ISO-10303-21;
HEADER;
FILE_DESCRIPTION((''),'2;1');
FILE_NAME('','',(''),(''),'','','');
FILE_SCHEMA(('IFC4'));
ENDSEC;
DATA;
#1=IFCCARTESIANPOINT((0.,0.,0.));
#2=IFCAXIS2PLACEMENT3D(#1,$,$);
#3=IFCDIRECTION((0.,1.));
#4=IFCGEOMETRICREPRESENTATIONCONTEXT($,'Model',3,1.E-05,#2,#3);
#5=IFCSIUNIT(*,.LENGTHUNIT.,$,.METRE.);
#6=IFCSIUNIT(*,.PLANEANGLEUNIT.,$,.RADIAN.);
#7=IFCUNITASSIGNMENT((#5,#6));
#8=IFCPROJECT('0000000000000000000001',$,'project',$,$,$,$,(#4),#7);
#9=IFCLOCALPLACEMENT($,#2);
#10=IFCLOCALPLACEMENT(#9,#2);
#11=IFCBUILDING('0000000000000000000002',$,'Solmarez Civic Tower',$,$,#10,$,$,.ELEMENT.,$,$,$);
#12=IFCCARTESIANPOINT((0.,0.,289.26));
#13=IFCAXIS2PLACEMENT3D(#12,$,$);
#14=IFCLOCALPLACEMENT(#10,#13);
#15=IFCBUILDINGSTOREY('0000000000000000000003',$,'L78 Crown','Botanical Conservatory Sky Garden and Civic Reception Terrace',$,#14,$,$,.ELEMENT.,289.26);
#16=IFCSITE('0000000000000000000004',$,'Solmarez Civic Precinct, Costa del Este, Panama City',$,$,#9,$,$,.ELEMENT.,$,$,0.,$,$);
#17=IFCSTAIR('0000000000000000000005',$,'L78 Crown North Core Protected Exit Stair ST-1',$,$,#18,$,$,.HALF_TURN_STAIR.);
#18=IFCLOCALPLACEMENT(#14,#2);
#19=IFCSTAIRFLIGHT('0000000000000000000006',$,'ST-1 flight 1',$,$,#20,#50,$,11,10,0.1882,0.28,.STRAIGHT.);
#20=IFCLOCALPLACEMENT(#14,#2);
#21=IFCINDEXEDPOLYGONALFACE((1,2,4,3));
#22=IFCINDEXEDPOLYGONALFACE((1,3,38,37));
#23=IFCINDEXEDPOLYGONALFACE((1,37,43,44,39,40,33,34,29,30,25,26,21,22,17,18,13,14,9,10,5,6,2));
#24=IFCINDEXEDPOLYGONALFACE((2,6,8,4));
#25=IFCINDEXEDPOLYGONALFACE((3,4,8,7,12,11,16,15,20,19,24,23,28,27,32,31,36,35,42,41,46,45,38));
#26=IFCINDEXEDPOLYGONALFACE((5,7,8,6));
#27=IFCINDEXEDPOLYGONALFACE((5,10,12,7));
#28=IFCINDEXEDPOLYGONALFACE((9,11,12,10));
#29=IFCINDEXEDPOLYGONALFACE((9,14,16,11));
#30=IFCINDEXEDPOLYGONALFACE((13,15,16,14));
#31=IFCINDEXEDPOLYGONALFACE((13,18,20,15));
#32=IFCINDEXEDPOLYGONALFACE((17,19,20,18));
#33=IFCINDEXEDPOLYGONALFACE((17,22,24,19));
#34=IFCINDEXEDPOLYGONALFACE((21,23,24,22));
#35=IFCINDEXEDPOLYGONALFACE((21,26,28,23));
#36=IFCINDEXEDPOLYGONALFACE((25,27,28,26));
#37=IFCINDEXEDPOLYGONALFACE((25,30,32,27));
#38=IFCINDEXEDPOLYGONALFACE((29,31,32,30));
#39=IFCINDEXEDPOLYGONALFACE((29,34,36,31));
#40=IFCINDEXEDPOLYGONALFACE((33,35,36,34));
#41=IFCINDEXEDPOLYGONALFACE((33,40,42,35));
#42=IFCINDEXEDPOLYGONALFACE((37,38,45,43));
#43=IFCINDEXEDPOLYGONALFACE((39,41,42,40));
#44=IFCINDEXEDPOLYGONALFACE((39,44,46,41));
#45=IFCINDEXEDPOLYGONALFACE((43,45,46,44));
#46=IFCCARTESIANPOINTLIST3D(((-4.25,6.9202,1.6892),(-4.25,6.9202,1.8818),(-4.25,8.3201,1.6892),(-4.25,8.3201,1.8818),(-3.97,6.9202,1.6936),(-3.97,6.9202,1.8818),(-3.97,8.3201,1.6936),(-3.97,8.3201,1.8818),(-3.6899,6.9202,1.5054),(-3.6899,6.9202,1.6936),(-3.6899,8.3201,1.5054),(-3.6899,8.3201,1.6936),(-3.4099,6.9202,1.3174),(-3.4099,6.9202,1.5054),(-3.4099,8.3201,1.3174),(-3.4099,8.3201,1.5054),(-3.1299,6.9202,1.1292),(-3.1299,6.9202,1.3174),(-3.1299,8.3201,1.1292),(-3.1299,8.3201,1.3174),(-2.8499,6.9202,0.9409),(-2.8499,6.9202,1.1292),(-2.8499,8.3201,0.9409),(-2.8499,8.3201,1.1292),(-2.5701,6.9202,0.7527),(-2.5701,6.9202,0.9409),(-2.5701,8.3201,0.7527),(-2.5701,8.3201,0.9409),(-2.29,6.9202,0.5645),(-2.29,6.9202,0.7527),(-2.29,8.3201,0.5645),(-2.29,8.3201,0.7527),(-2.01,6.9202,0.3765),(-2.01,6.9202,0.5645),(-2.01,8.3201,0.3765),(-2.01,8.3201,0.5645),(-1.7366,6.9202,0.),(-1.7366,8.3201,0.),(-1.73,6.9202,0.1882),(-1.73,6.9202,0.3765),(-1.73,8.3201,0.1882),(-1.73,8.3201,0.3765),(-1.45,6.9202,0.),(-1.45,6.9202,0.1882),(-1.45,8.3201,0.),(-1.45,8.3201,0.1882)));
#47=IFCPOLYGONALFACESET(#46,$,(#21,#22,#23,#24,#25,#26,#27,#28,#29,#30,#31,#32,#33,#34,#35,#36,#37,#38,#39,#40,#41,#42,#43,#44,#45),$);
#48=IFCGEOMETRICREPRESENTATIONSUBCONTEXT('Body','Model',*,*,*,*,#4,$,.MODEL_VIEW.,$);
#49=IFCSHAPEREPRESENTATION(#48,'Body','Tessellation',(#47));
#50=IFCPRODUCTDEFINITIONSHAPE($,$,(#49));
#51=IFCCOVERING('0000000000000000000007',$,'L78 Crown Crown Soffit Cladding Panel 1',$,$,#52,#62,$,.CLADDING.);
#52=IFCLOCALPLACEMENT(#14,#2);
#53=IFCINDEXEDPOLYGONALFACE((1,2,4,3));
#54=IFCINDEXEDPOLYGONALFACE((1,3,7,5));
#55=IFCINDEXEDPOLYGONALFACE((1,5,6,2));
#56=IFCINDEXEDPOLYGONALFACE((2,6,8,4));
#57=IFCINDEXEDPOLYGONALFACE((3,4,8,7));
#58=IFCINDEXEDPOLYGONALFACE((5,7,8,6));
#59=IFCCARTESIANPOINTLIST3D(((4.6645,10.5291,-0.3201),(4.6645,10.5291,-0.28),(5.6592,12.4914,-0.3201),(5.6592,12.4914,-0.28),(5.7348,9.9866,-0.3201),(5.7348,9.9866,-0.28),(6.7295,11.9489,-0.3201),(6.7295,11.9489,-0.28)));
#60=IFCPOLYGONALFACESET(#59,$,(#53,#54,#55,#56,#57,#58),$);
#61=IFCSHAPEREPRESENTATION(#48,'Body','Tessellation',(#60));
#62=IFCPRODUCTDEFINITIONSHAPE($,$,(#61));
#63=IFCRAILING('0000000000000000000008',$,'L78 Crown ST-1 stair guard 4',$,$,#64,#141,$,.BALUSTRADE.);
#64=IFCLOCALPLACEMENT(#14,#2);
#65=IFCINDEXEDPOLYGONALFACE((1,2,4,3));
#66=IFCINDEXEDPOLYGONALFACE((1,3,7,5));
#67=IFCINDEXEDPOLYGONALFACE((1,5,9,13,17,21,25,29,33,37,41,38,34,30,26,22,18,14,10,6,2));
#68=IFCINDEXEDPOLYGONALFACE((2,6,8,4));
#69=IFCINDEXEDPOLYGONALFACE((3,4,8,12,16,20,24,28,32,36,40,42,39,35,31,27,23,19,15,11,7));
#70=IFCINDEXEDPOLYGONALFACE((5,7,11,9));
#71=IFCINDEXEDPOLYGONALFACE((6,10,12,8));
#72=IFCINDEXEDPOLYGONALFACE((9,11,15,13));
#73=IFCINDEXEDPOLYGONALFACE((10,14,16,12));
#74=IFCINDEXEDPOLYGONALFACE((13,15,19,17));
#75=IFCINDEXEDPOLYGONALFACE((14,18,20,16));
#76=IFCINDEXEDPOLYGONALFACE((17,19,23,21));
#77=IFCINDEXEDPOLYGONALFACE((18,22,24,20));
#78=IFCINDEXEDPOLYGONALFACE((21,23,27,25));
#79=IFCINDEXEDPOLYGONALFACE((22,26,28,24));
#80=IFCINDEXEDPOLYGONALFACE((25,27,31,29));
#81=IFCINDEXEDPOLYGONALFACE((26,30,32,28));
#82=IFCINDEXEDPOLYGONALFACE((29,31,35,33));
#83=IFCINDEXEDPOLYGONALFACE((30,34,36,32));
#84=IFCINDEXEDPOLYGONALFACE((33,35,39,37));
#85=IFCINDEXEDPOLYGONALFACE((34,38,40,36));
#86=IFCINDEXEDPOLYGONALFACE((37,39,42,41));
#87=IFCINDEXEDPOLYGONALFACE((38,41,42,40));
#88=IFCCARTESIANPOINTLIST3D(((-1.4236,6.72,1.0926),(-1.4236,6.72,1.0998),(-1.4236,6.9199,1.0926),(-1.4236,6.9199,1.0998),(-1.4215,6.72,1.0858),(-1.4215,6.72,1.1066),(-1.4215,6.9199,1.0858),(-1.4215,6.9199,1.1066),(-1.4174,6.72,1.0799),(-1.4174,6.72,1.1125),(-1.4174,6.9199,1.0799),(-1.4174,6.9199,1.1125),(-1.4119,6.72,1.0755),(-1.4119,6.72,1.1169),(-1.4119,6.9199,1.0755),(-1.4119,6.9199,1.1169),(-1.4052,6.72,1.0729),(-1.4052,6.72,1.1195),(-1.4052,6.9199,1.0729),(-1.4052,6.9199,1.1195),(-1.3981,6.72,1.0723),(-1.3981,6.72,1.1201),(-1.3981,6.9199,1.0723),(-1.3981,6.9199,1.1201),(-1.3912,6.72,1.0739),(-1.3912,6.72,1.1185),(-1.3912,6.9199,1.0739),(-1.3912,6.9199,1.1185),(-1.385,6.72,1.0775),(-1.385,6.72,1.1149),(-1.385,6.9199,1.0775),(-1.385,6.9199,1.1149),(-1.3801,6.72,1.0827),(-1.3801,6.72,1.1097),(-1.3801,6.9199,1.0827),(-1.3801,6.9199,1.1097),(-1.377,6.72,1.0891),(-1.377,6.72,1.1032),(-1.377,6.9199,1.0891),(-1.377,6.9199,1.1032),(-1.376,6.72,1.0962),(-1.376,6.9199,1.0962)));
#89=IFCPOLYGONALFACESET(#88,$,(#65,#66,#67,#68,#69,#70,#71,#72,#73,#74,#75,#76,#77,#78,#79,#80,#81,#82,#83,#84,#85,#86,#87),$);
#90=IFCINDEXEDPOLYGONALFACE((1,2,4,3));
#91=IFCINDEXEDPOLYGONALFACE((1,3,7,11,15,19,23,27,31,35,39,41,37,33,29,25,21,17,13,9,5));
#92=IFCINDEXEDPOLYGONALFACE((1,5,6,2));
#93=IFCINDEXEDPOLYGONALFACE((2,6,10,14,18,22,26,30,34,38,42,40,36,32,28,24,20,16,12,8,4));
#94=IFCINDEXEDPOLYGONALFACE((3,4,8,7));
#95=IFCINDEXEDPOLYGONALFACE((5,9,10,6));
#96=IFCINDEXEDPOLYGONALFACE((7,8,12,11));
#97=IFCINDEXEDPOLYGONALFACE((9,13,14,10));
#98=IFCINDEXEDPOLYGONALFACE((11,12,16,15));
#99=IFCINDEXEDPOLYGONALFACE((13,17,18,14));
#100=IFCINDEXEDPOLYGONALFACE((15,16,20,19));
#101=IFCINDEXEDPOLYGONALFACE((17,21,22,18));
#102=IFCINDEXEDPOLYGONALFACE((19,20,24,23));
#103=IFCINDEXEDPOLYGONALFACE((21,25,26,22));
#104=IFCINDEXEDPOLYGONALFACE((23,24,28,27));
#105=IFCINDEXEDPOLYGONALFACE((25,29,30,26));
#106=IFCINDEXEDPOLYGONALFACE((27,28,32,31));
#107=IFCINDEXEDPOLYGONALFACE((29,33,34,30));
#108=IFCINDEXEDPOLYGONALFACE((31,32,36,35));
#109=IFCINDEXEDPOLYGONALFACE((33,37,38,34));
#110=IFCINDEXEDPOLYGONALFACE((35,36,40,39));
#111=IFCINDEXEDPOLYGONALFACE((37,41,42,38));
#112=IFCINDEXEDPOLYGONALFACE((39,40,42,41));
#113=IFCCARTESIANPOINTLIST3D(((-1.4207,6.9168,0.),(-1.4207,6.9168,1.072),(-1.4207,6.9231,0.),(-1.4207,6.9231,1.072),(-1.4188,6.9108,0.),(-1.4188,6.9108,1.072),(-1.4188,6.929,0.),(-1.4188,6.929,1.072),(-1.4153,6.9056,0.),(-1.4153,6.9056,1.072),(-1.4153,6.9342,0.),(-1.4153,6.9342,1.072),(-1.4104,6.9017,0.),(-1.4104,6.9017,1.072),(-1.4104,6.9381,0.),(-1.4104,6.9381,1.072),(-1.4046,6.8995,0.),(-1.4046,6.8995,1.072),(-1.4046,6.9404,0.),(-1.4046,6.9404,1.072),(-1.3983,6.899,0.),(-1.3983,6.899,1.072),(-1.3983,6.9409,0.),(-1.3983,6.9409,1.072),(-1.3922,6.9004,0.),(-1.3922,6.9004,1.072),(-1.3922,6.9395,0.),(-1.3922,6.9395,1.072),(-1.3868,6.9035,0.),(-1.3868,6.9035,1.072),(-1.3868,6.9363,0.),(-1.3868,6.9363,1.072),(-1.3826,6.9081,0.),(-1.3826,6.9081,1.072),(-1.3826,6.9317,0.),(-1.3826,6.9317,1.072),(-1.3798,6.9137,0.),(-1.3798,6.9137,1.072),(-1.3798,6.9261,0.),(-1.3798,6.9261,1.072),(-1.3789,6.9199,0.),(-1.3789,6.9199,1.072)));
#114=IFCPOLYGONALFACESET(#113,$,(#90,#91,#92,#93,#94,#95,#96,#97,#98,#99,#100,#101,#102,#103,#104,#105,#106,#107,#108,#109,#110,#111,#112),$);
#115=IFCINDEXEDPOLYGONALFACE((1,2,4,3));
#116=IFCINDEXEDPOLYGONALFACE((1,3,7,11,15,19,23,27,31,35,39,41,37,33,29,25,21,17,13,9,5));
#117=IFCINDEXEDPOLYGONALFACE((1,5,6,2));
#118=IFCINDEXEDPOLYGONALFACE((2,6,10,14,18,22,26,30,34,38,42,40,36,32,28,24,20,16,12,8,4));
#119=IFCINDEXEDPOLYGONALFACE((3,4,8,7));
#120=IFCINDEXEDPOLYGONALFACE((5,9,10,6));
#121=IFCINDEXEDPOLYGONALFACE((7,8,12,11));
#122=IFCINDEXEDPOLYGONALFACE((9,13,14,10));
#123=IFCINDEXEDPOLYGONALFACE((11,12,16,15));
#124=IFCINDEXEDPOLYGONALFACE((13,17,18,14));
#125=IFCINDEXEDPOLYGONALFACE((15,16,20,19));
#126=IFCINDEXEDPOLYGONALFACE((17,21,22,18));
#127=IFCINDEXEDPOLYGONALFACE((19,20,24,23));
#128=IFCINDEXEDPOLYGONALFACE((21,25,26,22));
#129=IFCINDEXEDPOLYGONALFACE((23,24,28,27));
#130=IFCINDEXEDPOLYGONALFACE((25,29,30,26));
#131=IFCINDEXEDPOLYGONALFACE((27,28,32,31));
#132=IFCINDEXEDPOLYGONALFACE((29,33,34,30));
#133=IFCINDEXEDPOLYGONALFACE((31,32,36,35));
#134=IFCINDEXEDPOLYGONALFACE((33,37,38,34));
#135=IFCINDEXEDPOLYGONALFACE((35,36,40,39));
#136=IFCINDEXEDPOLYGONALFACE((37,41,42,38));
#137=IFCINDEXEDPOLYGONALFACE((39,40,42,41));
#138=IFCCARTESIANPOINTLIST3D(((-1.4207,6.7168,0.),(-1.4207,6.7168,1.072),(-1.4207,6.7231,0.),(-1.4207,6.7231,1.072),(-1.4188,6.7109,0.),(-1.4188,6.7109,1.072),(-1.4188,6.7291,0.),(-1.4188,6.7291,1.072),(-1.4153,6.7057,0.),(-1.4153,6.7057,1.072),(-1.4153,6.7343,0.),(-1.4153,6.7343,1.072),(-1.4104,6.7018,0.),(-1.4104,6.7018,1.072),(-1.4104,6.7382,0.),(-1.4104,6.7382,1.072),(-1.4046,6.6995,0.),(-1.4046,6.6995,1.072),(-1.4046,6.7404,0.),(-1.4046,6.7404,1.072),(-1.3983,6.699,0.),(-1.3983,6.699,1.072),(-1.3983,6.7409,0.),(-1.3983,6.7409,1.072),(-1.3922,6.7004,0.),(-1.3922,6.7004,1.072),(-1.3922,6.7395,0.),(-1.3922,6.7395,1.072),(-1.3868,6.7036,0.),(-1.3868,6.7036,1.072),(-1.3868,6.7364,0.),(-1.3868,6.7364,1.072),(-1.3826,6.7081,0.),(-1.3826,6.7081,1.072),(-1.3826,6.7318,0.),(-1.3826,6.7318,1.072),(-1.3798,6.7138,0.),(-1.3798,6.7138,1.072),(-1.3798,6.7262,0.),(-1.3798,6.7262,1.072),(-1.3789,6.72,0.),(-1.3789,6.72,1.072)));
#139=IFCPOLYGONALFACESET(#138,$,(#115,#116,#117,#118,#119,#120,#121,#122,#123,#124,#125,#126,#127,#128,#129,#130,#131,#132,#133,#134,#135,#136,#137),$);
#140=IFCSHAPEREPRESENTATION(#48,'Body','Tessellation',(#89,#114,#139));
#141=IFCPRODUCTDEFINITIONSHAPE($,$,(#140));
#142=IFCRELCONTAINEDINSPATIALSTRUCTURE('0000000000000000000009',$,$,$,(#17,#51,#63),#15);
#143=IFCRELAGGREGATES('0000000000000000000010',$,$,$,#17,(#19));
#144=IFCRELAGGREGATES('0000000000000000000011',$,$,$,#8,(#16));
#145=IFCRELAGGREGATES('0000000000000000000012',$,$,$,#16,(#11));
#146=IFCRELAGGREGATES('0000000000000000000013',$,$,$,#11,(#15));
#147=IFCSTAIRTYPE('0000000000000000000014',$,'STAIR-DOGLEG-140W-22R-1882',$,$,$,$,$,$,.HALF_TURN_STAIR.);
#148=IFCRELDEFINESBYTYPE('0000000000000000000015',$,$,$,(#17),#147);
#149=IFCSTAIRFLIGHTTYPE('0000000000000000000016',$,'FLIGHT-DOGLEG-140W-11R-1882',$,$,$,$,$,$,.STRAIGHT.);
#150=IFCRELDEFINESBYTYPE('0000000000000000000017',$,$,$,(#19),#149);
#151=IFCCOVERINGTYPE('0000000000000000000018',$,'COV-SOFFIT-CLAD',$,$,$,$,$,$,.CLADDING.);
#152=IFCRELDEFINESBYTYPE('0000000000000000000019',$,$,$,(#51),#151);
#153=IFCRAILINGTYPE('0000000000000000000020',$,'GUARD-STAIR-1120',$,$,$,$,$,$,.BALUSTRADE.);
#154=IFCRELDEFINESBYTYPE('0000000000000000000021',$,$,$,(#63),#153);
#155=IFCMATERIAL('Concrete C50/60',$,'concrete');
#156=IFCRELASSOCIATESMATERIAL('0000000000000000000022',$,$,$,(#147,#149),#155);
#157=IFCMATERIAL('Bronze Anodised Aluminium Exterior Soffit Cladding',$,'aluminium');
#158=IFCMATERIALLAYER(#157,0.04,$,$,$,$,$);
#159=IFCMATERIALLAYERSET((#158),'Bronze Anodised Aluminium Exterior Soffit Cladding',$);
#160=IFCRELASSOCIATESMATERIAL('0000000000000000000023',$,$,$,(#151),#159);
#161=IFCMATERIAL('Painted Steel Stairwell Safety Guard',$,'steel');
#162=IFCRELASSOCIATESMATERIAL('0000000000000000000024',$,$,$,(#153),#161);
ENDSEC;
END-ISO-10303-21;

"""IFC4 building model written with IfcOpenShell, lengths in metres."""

from ifc_helpers import new_model, si_unit, direction, frame, origin, origin_2d, place, context, subcontext, project, spatial, polyline, rectangle, circle, outline, extrude, material, layer, layer_set, type_object, element, aggregate, save


model = new_model("IFC4")

# Units and contexts
model_context = context("Model", 3, precision=1e-05, world=origin(), true_north=direction((0.0, 1.0)))
body_context = subcontext(model_context, "Body", "Model", "MODEL_VIEW")
ifc_project = project(units=[si_unit("LENGTHUNIT", "METRE"), si_unit("PLANEANGLEUNIT", "RADIAN")], contexts=[model_context])

# Site, building, storey
site_placement = place(None, origin())
site = spatial("IfcSite", under=ifc_project, at=site_placement, Name="Solmarez Civic Precinct, Costa del Este, Panama City", CompositionType="ELEMENT", RefElevation=0.0)
building_placement = place(site_placement, origin())
building = spatial("IfcBuilding", under=site, at=building_placement, Name="Solmarez Civic Tower", CompositionType="ELEMENT")
storey_placement = place(building_placement, frame((0.0, 0.0, 289.26)))
storey = spatial("IfcBuildingStorey", under=building, at=storey_placement, Name="L78 Crown", Description="Botanical Conservatory Sky Garden and Civic Reception Terrace", CompositionType="ELEMENT", Elevation=289.26)

# Shared definitions
ifc_material_1 = material(Name="Concrete C50/60", Category="concrete")

# Stair, stair flight
stair_type = type_object("IfcStairType", Name="STAIR-DOGLEG-140W-22R-1882", PredefinedType="HALF_TURN_STAIR", material=ifc_material_1)
stair_placement = place(storey_placement, origin())
stair = element("IfcStair", 1, at=stair_placement, inside=storey, type_object=stair_type, Name="L78 Crown North Core Protected Exit Stair ST-1", PredefinedType="HALF_TURN_STAIR")
stair_flight_type = type_object("IfcStairFlightType", Name="FLIGHT-DOGLEG-140W-11R-1882", PredefinedType="STRAIGHT", material=ifc_material_1)
stair_flight_placement = place(storey_placement, frame((-1.45, 7.6201, 0.0), z_axis=(0.0, 0.0, 1.0), x_axis=(-1.0, 0.0, 0.0)))
stair_flight = element("IfcStairFlight", 2, at=stair_flight_placement, type_object=stair_flight_type, Name="ST-1 flight 1", NumberOfRisers=11, NumberOfTreads=10, PredefinedType="STRAIGHT", RiserHeight=0.1882, TreadLength=0.28, context=body_context, shape_type="SweptSolid", body=[
    extrude(outline(polyline([(0.0, 0.0), (0.0, 0.1882), (0.28, 0.1882), (0.28, 0.3765), (0.5601, 0.3765), (0.5601, 0.5645), (0.8401, 0.5645), (0.8401, 0.7527), (1.1201, 0.7527), (1.1201, 0.9409), (1.3999, 0.9409), (1.3999, 1.1292), (1.6799, 1.1292), (1.6799, 1.3174), (1.96, 1.3174), (1.96, 1.5054), (2.24, 1.5054), (2.24, 1.6936), (2.52, 1.6936), (2.52, 1.8818), (2.8, 1.8818), (2.8, 2.0701), (2.8, 1.6892), (0.2866, 0.0), (0.0, 0.0)])), frame((0.0, 0.7, 0.0), z_axis=(0.0, -1.0, 0.0), x_axis=(1.0, 0.0, 0.0)), (0.0, 0.0, 1.0), 1.3999),
])
aggregate(stair, [stair_flight])

# Covering
ifc_material_2 = material(Name="Bronze Anodised Aluminium Exterior Soffit Cladding", Category="aluminium")
ifc_layer_1 = layer(ifc_material_2, 0.04)
ifc_layer_set_1 = layer_set([ifc_layer_1], Name="Bronze Anodised Aluminium Exterior Soffit Cladding")
covering_type = type_object("IfcCoveringType", Name="COV-SOFFIT-CLAD", PredefinedType="CLADDING", material=ifc_layer_set_1)
covering_placement = place(storey_placement, frame((5.697, 11.239, -0.3201), z_axis=(0.0, 0.0, 1.0), x_axis=(0.452123, 0.891955, 0.0)))
element("IfcCovering", 3, at=covering_placement, inside=storey, type_object=covering_type, Name="L78 Crown Crown Soffit Cladding Panel 1", PredefinedType="CLADDING", context=body_context, shape_type="SweptSolid", body=[
    extrude(rectangle(XDim=2.2, YDim=1.2, at=origin_2d()), origin(), (0.0, 0.0, 1.0), 0.04),
])

# Railing
ifc_material_3 = material(Name="Painted Steel Stairwell Safety Guard", Category="steel")
railing_type_1 = type_object("IfcRailingType", Name="GUARD-STAIR-1120", PredefinedType="BALUSTRADE", material=ifc_material_3)
railing_1_placement = place(storey_placement, frame((-1.3999, 6.9199, 0.0)))
element("IfcRailing", 4, at=railing_1_placement, inside=storey, type_object=railing_type_1, Name="L78 Crown ST-1 stair guard 4", PredefinedType="BALUSTRADE", context=body_context, shape_type="SweptSolid", body=[
    extrude(circle(Radius=0.0239, at=origin_2d()), frame((0.0, 0.0, 1.0962), z_axis=(0.0, -1.0, 0.0), x_axis=(1.0, 0.0, 0.0)), (0.0, 0.0, 1.0), 0.2),
    extrude(circle(Radius=0.021, at=origin_2d()), origin(), (0.0, 0.0, 1.0), 1.072),
    extrude(circle(Radius=0.021, at=origin_2d()), frame((0.0, -0.2, 0.0)), (0.0, 0.0, 1.0), 1.072),
])

save(model, "model.ifc")
